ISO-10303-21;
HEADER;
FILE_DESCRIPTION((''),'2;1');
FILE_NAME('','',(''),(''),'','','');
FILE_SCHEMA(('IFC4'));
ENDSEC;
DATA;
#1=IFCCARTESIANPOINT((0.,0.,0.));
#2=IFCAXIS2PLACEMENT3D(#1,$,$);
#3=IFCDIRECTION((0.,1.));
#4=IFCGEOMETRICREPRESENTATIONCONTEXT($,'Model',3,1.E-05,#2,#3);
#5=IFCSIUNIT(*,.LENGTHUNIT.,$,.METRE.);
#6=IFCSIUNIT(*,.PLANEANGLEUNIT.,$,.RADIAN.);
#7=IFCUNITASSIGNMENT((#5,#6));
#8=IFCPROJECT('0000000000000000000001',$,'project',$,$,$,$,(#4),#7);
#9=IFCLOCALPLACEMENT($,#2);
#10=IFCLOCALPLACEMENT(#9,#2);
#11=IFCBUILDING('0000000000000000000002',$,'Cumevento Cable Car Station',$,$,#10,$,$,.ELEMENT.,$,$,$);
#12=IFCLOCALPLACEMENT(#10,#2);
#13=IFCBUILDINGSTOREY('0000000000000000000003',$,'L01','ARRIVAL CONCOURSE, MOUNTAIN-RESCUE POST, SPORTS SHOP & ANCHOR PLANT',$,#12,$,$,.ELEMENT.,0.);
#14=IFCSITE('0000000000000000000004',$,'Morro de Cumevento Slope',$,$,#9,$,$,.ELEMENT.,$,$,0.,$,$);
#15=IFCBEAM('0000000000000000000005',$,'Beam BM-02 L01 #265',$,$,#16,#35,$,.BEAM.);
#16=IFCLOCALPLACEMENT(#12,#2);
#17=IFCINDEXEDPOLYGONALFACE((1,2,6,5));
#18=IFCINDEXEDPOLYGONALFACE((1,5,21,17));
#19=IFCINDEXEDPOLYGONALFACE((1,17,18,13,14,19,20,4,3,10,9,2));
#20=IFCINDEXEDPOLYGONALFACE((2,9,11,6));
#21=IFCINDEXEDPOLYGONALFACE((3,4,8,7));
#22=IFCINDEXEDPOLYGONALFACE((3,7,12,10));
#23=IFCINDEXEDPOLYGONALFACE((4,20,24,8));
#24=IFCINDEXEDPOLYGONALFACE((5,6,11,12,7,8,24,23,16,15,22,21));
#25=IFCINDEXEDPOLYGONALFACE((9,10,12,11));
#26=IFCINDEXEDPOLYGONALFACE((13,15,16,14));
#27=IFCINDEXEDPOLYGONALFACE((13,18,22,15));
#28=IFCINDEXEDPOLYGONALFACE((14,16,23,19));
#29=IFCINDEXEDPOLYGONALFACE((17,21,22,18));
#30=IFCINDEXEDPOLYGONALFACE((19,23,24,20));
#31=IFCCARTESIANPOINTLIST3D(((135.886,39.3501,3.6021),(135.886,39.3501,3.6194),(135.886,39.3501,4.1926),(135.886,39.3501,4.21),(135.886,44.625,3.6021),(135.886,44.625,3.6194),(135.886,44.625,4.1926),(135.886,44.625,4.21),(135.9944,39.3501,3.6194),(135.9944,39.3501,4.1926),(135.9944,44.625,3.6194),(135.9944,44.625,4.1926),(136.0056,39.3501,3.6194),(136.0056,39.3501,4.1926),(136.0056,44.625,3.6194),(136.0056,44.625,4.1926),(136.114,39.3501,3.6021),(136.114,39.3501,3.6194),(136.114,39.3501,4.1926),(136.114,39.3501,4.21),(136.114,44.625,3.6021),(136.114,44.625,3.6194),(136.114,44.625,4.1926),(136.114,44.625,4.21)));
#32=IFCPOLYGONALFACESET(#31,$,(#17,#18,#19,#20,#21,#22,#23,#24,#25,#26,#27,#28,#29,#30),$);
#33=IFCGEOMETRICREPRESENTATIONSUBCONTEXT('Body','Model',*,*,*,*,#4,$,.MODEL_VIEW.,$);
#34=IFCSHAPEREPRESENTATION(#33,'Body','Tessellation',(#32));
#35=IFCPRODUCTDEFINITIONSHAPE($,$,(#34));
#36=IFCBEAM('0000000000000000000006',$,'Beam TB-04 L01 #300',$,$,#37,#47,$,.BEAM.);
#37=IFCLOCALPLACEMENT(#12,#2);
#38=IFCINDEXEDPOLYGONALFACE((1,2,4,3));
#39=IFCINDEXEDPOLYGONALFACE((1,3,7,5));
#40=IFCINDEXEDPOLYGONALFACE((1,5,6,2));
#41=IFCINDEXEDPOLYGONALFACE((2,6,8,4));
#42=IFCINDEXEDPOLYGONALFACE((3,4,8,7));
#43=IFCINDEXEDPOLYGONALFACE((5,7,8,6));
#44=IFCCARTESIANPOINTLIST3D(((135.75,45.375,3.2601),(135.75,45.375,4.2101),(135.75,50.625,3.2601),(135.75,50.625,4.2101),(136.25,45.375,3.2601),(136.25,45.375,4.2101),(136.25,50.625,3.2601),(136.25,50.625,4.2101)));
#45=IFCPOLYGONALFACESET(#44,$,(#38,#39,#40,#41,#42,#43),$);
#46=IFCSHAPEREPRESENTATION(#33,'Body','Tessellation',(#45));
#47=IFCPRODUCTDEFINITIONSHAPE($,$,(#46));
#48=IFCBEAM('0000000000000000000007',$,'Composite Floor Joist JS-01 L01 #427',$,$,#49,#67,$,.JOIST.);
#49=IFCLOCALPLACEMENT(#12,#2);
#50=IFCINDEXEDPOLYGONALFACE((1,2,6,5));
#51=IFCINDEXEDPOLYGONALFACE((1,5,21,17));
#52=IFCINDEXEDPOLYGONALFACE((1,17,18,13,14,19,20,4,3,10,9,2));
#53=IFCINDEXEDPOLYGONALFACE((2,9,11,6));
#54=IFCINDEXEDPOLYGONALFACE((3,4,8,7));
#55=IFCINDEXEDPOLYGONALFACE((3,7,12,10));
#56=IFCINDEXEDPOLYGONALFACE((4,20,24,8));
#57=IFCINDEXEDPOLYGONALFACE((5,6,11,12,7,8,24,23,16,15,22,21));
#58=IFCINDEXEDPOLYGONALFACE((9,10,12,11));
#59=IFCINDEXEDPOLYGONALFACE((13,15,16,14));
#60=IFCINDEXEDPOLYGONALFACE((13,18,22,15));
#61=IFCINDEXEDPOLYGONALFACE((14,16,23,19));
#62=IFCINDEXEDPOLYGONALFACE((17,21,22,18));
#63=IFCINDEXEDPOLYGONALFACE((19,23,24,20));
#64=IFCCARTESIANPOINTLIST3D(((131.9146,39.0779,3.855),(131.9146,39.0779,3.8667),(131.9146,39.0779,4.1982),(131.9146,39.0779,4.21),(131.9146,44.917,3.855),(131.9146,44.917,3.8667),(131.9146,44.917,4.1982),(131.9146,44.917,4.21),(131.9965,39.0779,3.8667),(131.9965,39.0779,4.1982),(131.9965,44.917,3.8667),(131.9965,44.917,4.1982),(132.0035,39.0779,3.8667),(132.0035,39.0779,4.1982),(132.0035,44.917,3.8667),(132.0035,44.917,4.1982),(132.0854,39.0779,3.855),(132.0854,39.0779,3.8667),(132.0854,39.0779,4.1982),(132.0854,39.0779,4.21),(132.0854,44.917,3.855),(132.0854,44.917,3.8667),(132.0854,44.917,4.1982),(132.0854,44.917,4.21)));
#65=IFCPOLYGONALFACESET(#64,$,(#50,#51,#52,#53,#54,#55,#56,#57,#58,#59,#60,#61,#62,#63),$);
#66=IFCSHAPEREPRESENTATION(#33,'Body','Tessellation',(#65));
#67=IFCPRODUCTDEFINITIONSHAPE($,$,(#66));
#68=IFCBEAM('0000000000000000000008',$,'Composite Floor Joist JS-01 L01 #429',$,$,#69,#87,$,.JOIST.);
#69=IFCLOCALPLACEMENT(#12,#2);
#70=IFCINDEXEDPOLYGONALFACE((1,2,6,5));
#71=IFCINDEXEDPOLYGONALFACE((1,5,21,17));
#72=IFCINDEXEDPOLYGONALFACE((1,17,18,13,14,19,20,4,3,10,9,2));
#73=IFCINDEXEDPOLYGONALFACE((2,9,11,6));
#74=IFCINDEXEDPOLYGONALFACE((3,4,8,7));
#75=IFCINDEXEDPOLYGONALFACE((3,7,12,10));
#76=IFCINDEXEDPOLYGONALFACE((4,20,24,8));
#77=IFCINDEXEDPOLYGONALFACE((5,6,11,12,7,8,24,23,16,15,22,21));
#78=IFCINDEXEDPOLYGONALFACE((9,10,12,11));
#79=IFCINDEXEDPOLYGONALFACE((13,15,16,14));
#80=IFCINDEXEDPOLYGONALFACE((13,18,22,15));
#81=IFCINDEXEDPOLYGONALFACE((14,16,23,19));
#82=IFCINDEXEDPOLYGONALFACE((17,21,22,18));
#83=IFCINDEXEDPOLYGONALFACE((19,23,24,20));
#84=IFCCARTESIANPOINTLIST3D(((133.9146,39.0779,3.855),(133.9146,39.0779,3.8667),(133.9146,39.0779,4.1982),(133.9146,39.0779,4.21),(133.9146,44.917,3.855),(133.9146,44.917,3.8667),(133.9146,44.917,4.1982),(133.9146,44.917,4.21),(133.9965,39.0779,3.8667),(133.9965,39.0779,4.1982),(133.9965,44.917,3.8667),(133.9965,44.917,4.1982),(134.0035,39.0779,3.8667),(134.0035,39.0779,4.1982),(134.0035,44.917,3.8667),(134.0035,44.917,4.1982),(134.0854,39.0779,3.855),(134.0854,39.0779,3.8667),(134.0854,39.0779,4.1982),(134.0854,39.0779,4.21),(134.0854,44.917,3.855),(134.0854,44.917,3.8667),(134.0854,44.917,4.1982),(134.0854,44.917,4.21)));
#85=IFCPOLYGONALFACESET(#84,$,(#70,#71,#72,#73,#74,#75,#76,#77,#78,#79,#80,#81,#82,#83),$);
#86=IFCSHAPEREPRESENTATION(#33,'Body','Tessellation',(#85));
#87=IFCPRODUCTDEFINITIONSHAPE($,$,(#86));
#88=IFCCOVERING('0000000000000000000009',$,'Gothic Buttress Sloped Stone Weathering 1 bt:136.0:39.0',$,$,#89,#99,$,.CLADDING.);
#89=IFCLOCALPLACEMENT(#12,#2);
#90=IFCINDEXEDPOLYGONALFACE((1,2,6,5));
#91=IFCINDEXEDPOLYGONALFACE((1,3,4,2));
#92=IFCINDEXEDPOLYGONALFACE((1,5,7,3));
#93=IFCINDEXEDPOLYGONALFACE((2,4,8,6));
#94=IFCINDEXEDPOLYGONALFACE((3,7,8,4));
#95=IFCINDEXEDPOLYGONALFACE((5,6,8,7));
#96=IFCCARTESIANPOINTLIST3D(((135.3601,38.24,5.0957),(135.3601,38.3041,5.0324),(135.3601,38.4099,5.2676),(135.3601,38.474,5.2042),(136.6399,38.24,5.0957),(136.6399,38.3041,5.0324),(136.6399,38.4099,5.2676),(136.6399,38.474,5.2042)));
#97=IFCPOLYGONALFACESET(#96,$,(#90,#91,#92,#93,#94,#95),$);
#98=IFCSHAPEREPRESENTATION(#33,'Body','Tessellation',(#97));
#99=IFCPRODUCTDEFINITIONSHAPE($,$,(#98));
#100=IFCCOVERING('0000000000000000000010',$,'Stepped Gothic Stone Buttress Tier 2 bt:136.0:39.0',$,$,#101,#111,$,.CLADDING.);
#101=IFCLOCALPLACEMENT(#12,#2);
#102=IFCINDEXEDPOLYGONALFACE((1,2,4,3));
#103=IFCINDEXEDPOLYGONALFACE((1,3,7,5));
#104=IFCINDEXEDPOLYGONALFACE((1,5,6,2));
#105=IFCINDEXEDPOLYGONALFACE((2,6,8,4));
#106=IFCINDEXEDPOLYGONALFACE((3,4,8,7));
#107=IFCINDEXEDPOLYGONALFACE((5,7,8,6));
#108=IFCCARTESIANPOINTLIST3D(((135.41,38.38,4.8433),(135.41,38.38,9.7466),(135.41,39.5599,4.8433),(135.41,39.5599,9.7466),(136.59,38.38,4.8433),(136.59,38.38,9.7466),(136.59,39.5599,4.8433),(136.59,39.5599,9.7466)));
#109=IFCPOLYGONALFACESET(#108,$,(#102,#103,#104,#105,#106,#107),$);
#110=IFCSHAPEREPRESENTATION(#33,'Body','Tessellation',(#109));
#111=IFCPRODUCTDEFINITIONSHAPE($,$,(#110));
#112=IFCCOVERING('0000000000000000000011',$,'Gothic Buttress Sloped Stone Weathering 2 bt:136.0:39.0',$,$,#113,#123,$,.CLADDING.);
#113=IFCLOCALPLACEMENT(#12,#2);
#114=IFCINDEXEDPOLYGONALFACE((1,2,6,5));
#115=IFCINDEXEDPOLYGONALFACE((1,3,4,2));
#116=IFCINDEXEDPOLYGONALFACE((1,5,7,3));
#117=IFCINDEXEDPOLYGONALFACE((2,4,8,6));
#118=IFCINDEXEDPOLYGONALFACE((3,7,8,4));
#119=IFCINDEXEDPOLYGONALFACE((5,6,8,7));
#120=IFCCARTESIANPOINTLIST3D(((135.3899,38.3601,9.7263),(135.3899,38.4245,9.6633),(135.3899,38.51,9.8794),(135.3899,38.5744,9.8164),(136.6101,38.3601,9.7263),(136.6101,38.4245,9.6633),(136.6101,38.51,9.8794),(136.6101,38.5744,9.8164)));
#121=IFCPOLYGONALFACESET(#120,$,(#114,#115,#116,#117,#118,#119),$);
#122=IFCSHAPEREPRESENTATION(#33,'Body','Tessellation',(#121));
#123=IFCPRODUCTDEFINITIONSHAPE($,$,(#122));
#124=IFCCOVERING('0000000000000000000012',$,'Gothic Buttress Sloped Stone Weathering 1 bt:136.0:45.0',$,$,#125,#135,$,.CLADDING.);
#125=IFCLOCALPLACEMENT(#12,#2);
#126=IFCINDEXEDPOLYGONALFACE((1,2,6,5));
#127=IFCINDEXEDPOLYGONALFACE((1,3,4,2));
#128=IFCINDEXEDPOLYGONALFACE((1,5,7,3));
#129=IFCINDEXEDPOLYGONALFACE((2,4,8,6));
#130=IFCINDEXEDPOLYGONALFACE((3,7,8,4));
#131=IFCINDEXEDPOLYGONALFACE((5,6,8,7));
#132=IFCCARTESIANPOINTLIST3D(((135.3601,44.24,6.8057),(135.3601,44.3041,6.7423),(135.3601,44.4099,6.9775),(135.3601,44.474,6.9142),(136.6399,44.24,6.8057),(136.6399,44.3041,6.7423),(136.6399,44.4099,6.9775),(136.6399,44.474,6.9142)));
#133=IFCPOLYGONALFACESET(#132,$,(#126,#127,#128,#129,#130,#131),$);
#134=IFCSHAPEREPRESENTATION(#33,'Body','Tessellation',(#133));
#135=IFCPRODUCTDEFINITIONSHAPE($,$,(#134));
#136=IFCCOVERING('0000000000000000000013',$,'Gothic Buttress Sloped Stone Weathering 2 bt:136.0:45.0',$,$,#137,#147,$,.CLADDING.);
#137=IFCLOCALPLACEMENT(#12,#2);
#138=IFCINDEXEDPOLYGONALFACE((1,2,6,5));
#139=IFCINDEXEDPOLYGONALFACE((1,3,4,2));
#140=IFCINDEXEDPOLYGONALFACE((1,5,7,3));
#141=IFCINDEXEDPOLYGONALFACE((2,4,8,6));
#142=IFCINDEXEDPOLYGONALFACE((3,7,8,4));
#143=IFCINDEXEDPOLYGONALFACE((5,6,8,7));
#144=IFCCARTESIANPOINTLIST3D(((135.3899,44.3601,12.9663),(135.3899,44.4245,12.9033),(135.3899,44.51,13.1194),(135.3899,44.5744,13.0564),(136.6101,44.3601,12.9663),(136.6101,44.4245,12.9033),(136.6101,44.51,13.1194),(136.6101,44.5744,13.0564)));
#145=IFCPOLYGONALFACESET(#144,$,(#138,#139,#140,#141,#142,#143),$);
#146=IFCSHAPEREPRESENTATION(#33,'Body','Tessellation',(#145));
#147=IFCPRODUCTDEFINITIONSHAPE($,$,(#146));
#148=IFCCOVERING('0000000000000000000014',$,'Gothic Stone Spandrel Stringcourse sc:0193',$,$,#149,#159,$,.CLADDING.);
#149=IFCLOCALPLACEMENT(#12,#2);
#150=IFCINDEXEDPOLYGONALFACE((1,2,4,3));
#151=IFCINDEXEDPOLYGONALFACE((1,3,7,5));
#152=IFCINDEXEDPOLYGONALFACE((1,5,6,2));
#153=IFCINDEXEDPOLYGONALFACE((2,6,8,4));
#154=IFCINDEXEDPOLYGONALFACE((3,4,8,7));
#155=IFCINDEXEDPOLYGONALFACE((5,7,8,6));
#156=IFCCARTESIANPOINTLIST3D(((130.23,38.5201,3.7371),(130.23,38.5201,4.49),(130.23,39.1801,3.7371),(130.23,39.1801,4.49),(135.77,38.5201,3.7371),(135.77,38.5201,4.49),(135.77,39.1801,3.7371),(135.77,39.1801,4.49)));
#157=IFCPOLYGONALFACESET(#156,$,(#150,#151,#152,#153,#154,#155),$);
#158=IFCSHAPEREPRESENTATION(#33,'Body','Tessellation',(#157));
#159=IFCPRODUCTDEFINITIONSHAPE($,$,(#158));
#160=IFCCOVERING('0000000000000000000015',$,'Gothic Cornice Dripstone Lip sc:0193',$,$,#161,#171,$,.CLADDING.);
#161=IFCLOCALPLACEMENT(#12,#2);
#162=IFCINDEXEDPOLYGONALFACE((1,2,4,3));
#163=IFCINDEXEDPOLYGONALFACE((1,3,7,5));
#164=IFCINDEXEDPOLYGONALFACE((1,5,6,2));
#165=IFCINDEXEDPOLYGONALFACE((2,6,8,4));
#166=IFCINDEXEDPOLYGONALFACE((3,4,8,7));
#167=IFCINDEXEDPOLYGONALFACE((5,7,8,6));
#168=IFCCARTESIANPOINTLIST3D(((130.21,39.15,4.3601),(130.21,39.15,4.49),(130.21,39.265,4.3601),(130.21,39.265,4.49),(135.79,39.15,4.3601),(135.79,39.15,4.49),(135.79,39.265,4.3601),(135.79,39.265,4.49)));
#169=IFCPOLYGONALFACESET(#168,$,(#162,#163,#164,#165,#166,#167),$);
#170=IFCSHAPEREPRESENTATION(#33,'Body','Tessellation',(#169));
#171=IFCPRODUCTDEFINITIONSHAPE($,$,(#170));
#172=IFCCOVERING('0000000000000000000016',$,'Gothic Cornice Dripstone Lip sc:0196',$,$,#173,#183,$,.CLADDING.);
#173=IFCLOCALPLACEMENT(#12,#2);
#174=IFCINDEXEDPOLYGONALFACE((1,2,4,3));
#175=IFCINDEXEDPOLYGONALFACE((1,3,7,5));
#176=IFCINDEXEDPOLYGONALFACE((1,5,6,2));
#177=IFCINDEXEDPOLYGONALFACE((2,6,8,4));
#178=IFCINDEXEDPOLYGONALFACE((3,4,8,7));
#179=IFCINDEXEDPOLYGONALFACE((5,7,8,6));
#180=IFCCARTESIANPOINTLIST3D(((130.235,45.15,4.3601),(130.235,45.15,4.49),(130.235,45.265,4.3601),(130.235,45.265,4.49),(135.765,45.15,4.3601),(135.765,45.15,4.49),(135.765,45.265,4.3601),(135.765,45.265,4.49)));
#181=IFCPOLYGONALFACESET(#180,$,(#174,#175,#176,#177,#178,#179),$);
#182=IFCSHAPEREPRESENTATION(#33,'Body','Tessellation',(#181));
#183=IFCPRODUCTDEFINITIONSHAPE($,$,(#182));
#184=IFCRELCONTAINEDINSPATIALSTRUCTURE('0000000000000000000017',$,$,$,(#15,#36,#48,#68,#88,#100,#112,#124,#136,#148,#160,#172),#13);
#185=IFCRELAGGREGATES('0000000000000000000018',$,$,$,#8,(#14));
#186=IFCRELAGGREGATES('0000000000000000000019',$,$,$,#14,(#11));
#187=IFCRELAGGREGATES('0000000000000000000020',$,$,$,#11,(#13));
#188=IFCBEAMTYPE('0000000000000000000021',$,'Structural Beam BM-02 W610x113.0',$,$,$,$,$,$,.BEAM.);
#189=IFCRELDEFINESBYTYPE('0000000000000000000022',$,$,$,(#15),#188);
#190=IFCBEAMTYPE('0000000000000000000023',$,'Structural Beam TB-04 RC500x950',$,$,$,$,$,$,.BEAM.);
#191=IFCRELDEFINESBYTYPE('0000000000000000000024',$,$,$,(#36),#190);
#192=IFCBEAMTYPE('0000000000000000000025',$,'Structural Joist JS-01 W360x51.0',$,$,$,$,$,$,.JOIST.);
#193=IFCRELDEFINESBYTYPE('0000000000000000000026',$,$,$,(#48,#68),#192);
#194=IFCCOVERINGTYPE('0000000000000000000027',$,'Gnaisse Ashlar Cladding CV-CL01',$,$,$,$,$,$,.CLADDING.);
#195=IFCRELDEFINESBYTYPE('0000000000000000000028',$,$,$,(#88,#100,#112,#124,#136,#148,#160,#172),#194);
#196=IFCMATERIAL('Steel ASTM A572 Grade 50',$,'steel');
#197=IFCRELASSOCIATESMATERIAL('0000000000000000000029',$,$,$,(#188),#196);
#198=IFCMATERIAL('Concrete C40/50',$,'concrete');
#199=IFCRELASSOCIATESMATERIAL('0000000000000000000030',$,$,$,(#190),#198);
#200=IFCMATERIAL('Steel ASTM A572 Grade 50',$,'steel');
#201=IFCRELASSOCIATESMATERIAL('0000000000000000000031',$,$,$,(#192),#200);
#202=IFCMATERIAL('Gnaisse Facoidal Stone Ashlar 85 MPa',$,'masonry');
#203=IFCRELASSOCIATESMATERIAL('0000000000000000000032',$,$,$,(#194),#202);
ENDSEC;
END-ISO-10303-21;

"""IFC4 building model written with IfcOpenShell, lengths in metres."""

from ifc_helpers import new_model, si_unit, direction, frame, origin, origin_2d, place, context, subcontext, project, spatial, polyline, rectangle, i_section, outline, extrude, material, material_profile, profile_set, type_object, element, save


model = new_model("IFC4")

# Units and contexts
model_context = context("Model", 3, precision=1e-05, world=origin(), true_north=direction((0.0, 1.0)))
body_context = subcontext(model_context, "Body", "Model", "MODEL_VIEW")
ifc_project = project(units=[si_unit("LENGTHUNIT", "METRE"), si_unit("PLANEANGLEUNIT", "RADIAN")], contexts=[model_context])

# Site, building, storey
site_placement = place(None, origin())
site = spatial("IfcSite", under=ifc_project, at=site_placement, Name="Morro de Cumevento Slope", CompositionType="ELEMENT", RefElevation=0.0)
building_placement = place(site_placement, origin())
building = spatial("IfcBuilding", under=site, at=building_placement, Name="Cumevento Cable Car Station", CompositionType="ELEMENT")
storey_placement = place(building_placement, origin())
storey = spatial("IfcBuildingStorey", under=building, at=storey_placement, Name="L01", Description="ARRIVAL CONCOURSE, MOUNTAIN-RESCUE POST, SPORTS SHOP & ANCHOR PLANT", CompositionType="ELEMENT", Elevation=0.0)

# Beams
ifc_material_1 = material(Name="Steel ASTM A572 Grade 50", Category="steel")
ifc_material_profile_1 = material_profile(ifc_material_1, i_section(OverallWidth=0.228, OverallDepth=0.6079, WebThickness=0.0112, FlangeThickness=0.0173, at=origin_2d()), Name="W610x113.0")
ifc_profile_set_1 = profile_set([ifc_material_profile_1], Name="Steel ASTM A572 Grade 50")
beam_type_1 = type_object("IfcBeamType", Name="Structural Beam BM-02 W610x113.0", PredefinedType="BEAM", material=ifc_profile_set_1)
beam_1_placement = place(storey_placement, frame((136.0, 39.3501, 3.906), z_axis=(0.0, 1.0, 0.0), x_axis=(-1.0, 0.0, 0.0)))
element("IfcBeam", 1, at=beam_1_placement, inside=storey, type_object=beam_type_1, Name="Beam BM-02 L01 #265", PredefinedType="BEAM", context=body_context, shape_type="SweptSolid", body=[
    extrude(i_section(OverallWidth=0.228, OverallDepth=0.6079, WebThickness=0.0112, FlangeThickness=0.0173, at=origin_2d()), origin(), (0.0, 0.0, 1.0), 5.2749),
])
ifc_material_2 = material(Name="Concrete C40/50", Category="concrete")
ifc_material_profile_2 = material_profile(ifc_material_2, rectangle(XDim=0.5, YDim=0.95, at=origin_2d()), Name="RC500x950")
ifc_profile_set_2 = profile_set([ifc_material_profile_2], Name="Concrete C40/50")
beam_type_2 = type_object("IfcBeamType", Name="Structural Beam TB-04 RC500x950", PredefinedType="BEAM", material=ifc_profile_set_2)
beam_2_placement = place(storey_placement, frame((136.0, 45.375, 3.7351), z_axis=(0.0, 1.0, 0.0), x_axis=(-1.0, 0.0, 0.0)))
element("IfcBeam", 2, at=beam_2_placement, inside=storey, type_object=beam_type_2, Name="Beam TB-04 L01 #300", PredefinedType="BEAM", context=body_context, shape_type="SweptSolid", body=[
    extrude(rectangle(XDim=0.5, YDim=0.95, at=origin_2d()), origin(), (0.0, 0.0, 1.0), 5.25),
])
ifc_material_3 = material(Name="Steel ASTM A572 Grade 50", Category="steel")
ifc_material_profile_3 = material_profile(ifc_material_3, i_section(OverallWidth=0.1709, OverallDepth=0.355, WebThickness=0.0071, FlangeThickness=0.0117, at=origin_2d()), Name="W360x51.0")
ifc_profile_set_3 = profile_set([ifc_material_profile_3], Name="Steel ASTM A572 Grade 50")
beam_type_3 = type_object("IfcBeamType", Name="Structural Joist JS-01 W360x51.0", PredefinedType="JOIST", material=ifc_profile_set_3)
for number, where, z_axis, x_axis, name in (
    (3, (132.0, 39.0779, 4.0325), (0.0, 1.0, 0.0), (-1.0, 0.0, 0.0), "Composite Floor Joist JS-01 L01 #427"),
    (4, (134.0, 39.0779, 4.0325), (0.0, 1.0, 0.0), (-1.0, 0.0, 0.0), "Composite Floor Joist JS-01 L01 #429"),
):
    element("IfcBeam", number, at=place(storey_placement, frame(where, z_axis=z_axis, x_axis=x_axis)), inside=storey, type_object=beam_type_3, Name=name, PredefinedType="JOIST", context=body_context, shape_type="SweptSolid", body=[
        extrude(i_section(OverallWidth=0.1709, OverallDepth=0.355, WebThickness=0.0071, FlangeThickness=0.0117, at=origin_2d()), origin(), (0.0, 0.0, 1.0), 5.8391),
    ])

# Coverings
ifc_material_4 = material(Name="Gnaisse Facoidal Stone Ashlar 85 MPa", Category="masonry")
covering_type = type_object("IfcCoveringType", Name="Gnaisse Ashlar Cladding CV-CL01", PredefinedType="CLADDING", material=ifc_material_4)
covering_1_placement = place(storey_placement, frame((135.3601, 38.24, 5.0957), z_axis=(0.0, -0.711136, 0.703055), x_axis=(1.0, 0.0, 0.0)))
element("IfcCovering", 5, at=covering_1_placement, inside=storey, type_object=covering_type, Name="Gothic Buttress Sloped Stone Weathering 1 bt:136.0:39.0", PredefinedType="CLADDING", context=body_context, shape_type="SweptSolid", body=[
    extrude(outline(polyline([(0.0, 0.0), (1.2798, 0.0), (1.2798, 0.2417), (0.0, 0.2417), (0.0, 0.0)])), origin(), (0.0, 0.0, -1.0), 0.0901),
])
covering_2_placement = place(storey_placement, frame((136.0, 38.97, 4.8433), z_axis=(0.0, 0.0, 1.0), x_axis=(1.0, 0.0, 0.0)))
element("IfcCovering", 6, at=covering_2_placement, inside=storey, type_object=covering_type, Name="Stepped Gothic Stone Buttress Tier 2 bt:136.0:39.0", PredefinedType="CLADDING", context=body_context, shape_type="SweptSolid", body=[
    extrude(rectangle(XDim=1.1799, YDim=1.1799, at=origin_2d()), origin(), (0.0, 0.0, 1.0), 4.9033),
])
covering_3_placement = place(storey_placement, frame((135.3899, 38.3601, 9.7263), z_axis=(0.0, -0.714475, 0.699661), x_axis=(1.0, 0.0, 0.0)))
element("IfcCovering", 7, at=covering_3_placement, inside=storey, type_object=covering_type, Name="Gothic Buttress Sloped Stone Weathering 2 bt:136.0:39.0", PredefinedType="CLADDING", context=body_context, shape_type="SweptSolid", body=[
    extrude(outline(polyline([(0.0, 0.0), (1.2202, 0.0), (1.2202, 0.2142), (0.0, 0.2142), (0.0, 0.0)])), origin(), (0.0, 0.0, -1.0), 0.0901),
])
covering_4_placement = place(storey_placement, frame((135.3601, 44.24, 6.8057), z_axis=(0.0, -0.711136, 0.703055), x_axis=(1.0, 0.0, 0.0)))
element("IfcCovering", 8, at=covering_4_placement, inside=storey, type_object=covering_type, Name="Gothic Buttress Sloped Stone Weathering 1 bt:136.0:45.0", PredefinedType="CLADDING", context=body_context, shape_type="SweptSolid", body=[
    extrude(outline(polyline([(0.0, 0.0), (1.2798, 0.0), (1.2798, 0.2417), (0.0, 0.2417), (0.0, 0.0)])), origin(), (0.0, 0.0, -1.0), 0.0901),
])
covering_5_placement = place(storey_placement, frame((135.3899, 44.3601, 12.9663), z_axis=(0.0, -0.714475, 0.699661), x_axis=(1.0, 0.0, 0.0)))
element("IfcCovering", 9, at=covering_5_placement, inside=storey, type_object=covering_type, Name="Gothic Buttress Sloped Stone Weathering 2 bt:136.0:45.0", PredefinedType="CLADDING", context=body_context, shape_type="SweptSolid", body=[
    extrude(outline(polyline([(0.0, 0.0), (1.2202, 0.0), (1.2202, 0.2142), (0.0, 0.2142), (0.0, 0.0)])), origin(), (0.0, 0.0, -1.0), 0.0901),
])
covering_6_placement = place(storey_placement, frame((133.0, 38.8501, 3.7371), z_axis=(0.0, 0.0, 1.0), x_axis=(1.0, 0.0, 0.0)))
element("IfcCovering", 10, at=covering_6_placement, inside=storey, type_object=covering_type, Name="Gothic Stone Spandrel Stringcourse sc:0193", PredefinedType="CLADDING", context=body_context, shape_type="SweptSolid", body=[
    extrude(rectangle(XDim=5.54, YDim=0.6599, at=origin_2d()), origin(), (0.0, 0.0, 1.0), 0.7529),
])
covering_7_placement = place(storey_placement, frame((133.0, 39.2075, 4.3601), z_axis=(0.0, 0.0, 1.0), x_axis=(1.0, 0.0, 0.0)))
element("IfcCovering", 11, at=covering_7_placement, inside=storey, type_object=covering_type, Name="Gothic Cornice Dripstone Lip sc:0193", PredefinedType="CLADDING", context=body_context, shape_type="SweptSolid", body=[
    extrude(rectangle(XDim=5.5801, YDim=0.115, at=origin_2d()), origin(), (0.0, 0.0, 1.0), 0.1299),
])
covering_8_placement = place(storey_placement, frame((133.0, 45.2075, 4.3601), z_axis=(0.0, 0.0, 1.0), x_axis=(1.0, 0.0, 0.0)))
element("IfcCovering", 12, at=covering_8_placement, inside=storey, type_object=covering_type, Name="Gothic Cornice Dripstone Lip sc:0196", PredefinedType="CLADDING", context=body_context, shape_type="SweptSolid", body=[
    extrude(rectangle(XDim=5.53, YDim=0.115, at=origin_2d()), origin(), (0.0, 0.0, 1.0), 0.1299),
])

save(model, "model.ifc")
